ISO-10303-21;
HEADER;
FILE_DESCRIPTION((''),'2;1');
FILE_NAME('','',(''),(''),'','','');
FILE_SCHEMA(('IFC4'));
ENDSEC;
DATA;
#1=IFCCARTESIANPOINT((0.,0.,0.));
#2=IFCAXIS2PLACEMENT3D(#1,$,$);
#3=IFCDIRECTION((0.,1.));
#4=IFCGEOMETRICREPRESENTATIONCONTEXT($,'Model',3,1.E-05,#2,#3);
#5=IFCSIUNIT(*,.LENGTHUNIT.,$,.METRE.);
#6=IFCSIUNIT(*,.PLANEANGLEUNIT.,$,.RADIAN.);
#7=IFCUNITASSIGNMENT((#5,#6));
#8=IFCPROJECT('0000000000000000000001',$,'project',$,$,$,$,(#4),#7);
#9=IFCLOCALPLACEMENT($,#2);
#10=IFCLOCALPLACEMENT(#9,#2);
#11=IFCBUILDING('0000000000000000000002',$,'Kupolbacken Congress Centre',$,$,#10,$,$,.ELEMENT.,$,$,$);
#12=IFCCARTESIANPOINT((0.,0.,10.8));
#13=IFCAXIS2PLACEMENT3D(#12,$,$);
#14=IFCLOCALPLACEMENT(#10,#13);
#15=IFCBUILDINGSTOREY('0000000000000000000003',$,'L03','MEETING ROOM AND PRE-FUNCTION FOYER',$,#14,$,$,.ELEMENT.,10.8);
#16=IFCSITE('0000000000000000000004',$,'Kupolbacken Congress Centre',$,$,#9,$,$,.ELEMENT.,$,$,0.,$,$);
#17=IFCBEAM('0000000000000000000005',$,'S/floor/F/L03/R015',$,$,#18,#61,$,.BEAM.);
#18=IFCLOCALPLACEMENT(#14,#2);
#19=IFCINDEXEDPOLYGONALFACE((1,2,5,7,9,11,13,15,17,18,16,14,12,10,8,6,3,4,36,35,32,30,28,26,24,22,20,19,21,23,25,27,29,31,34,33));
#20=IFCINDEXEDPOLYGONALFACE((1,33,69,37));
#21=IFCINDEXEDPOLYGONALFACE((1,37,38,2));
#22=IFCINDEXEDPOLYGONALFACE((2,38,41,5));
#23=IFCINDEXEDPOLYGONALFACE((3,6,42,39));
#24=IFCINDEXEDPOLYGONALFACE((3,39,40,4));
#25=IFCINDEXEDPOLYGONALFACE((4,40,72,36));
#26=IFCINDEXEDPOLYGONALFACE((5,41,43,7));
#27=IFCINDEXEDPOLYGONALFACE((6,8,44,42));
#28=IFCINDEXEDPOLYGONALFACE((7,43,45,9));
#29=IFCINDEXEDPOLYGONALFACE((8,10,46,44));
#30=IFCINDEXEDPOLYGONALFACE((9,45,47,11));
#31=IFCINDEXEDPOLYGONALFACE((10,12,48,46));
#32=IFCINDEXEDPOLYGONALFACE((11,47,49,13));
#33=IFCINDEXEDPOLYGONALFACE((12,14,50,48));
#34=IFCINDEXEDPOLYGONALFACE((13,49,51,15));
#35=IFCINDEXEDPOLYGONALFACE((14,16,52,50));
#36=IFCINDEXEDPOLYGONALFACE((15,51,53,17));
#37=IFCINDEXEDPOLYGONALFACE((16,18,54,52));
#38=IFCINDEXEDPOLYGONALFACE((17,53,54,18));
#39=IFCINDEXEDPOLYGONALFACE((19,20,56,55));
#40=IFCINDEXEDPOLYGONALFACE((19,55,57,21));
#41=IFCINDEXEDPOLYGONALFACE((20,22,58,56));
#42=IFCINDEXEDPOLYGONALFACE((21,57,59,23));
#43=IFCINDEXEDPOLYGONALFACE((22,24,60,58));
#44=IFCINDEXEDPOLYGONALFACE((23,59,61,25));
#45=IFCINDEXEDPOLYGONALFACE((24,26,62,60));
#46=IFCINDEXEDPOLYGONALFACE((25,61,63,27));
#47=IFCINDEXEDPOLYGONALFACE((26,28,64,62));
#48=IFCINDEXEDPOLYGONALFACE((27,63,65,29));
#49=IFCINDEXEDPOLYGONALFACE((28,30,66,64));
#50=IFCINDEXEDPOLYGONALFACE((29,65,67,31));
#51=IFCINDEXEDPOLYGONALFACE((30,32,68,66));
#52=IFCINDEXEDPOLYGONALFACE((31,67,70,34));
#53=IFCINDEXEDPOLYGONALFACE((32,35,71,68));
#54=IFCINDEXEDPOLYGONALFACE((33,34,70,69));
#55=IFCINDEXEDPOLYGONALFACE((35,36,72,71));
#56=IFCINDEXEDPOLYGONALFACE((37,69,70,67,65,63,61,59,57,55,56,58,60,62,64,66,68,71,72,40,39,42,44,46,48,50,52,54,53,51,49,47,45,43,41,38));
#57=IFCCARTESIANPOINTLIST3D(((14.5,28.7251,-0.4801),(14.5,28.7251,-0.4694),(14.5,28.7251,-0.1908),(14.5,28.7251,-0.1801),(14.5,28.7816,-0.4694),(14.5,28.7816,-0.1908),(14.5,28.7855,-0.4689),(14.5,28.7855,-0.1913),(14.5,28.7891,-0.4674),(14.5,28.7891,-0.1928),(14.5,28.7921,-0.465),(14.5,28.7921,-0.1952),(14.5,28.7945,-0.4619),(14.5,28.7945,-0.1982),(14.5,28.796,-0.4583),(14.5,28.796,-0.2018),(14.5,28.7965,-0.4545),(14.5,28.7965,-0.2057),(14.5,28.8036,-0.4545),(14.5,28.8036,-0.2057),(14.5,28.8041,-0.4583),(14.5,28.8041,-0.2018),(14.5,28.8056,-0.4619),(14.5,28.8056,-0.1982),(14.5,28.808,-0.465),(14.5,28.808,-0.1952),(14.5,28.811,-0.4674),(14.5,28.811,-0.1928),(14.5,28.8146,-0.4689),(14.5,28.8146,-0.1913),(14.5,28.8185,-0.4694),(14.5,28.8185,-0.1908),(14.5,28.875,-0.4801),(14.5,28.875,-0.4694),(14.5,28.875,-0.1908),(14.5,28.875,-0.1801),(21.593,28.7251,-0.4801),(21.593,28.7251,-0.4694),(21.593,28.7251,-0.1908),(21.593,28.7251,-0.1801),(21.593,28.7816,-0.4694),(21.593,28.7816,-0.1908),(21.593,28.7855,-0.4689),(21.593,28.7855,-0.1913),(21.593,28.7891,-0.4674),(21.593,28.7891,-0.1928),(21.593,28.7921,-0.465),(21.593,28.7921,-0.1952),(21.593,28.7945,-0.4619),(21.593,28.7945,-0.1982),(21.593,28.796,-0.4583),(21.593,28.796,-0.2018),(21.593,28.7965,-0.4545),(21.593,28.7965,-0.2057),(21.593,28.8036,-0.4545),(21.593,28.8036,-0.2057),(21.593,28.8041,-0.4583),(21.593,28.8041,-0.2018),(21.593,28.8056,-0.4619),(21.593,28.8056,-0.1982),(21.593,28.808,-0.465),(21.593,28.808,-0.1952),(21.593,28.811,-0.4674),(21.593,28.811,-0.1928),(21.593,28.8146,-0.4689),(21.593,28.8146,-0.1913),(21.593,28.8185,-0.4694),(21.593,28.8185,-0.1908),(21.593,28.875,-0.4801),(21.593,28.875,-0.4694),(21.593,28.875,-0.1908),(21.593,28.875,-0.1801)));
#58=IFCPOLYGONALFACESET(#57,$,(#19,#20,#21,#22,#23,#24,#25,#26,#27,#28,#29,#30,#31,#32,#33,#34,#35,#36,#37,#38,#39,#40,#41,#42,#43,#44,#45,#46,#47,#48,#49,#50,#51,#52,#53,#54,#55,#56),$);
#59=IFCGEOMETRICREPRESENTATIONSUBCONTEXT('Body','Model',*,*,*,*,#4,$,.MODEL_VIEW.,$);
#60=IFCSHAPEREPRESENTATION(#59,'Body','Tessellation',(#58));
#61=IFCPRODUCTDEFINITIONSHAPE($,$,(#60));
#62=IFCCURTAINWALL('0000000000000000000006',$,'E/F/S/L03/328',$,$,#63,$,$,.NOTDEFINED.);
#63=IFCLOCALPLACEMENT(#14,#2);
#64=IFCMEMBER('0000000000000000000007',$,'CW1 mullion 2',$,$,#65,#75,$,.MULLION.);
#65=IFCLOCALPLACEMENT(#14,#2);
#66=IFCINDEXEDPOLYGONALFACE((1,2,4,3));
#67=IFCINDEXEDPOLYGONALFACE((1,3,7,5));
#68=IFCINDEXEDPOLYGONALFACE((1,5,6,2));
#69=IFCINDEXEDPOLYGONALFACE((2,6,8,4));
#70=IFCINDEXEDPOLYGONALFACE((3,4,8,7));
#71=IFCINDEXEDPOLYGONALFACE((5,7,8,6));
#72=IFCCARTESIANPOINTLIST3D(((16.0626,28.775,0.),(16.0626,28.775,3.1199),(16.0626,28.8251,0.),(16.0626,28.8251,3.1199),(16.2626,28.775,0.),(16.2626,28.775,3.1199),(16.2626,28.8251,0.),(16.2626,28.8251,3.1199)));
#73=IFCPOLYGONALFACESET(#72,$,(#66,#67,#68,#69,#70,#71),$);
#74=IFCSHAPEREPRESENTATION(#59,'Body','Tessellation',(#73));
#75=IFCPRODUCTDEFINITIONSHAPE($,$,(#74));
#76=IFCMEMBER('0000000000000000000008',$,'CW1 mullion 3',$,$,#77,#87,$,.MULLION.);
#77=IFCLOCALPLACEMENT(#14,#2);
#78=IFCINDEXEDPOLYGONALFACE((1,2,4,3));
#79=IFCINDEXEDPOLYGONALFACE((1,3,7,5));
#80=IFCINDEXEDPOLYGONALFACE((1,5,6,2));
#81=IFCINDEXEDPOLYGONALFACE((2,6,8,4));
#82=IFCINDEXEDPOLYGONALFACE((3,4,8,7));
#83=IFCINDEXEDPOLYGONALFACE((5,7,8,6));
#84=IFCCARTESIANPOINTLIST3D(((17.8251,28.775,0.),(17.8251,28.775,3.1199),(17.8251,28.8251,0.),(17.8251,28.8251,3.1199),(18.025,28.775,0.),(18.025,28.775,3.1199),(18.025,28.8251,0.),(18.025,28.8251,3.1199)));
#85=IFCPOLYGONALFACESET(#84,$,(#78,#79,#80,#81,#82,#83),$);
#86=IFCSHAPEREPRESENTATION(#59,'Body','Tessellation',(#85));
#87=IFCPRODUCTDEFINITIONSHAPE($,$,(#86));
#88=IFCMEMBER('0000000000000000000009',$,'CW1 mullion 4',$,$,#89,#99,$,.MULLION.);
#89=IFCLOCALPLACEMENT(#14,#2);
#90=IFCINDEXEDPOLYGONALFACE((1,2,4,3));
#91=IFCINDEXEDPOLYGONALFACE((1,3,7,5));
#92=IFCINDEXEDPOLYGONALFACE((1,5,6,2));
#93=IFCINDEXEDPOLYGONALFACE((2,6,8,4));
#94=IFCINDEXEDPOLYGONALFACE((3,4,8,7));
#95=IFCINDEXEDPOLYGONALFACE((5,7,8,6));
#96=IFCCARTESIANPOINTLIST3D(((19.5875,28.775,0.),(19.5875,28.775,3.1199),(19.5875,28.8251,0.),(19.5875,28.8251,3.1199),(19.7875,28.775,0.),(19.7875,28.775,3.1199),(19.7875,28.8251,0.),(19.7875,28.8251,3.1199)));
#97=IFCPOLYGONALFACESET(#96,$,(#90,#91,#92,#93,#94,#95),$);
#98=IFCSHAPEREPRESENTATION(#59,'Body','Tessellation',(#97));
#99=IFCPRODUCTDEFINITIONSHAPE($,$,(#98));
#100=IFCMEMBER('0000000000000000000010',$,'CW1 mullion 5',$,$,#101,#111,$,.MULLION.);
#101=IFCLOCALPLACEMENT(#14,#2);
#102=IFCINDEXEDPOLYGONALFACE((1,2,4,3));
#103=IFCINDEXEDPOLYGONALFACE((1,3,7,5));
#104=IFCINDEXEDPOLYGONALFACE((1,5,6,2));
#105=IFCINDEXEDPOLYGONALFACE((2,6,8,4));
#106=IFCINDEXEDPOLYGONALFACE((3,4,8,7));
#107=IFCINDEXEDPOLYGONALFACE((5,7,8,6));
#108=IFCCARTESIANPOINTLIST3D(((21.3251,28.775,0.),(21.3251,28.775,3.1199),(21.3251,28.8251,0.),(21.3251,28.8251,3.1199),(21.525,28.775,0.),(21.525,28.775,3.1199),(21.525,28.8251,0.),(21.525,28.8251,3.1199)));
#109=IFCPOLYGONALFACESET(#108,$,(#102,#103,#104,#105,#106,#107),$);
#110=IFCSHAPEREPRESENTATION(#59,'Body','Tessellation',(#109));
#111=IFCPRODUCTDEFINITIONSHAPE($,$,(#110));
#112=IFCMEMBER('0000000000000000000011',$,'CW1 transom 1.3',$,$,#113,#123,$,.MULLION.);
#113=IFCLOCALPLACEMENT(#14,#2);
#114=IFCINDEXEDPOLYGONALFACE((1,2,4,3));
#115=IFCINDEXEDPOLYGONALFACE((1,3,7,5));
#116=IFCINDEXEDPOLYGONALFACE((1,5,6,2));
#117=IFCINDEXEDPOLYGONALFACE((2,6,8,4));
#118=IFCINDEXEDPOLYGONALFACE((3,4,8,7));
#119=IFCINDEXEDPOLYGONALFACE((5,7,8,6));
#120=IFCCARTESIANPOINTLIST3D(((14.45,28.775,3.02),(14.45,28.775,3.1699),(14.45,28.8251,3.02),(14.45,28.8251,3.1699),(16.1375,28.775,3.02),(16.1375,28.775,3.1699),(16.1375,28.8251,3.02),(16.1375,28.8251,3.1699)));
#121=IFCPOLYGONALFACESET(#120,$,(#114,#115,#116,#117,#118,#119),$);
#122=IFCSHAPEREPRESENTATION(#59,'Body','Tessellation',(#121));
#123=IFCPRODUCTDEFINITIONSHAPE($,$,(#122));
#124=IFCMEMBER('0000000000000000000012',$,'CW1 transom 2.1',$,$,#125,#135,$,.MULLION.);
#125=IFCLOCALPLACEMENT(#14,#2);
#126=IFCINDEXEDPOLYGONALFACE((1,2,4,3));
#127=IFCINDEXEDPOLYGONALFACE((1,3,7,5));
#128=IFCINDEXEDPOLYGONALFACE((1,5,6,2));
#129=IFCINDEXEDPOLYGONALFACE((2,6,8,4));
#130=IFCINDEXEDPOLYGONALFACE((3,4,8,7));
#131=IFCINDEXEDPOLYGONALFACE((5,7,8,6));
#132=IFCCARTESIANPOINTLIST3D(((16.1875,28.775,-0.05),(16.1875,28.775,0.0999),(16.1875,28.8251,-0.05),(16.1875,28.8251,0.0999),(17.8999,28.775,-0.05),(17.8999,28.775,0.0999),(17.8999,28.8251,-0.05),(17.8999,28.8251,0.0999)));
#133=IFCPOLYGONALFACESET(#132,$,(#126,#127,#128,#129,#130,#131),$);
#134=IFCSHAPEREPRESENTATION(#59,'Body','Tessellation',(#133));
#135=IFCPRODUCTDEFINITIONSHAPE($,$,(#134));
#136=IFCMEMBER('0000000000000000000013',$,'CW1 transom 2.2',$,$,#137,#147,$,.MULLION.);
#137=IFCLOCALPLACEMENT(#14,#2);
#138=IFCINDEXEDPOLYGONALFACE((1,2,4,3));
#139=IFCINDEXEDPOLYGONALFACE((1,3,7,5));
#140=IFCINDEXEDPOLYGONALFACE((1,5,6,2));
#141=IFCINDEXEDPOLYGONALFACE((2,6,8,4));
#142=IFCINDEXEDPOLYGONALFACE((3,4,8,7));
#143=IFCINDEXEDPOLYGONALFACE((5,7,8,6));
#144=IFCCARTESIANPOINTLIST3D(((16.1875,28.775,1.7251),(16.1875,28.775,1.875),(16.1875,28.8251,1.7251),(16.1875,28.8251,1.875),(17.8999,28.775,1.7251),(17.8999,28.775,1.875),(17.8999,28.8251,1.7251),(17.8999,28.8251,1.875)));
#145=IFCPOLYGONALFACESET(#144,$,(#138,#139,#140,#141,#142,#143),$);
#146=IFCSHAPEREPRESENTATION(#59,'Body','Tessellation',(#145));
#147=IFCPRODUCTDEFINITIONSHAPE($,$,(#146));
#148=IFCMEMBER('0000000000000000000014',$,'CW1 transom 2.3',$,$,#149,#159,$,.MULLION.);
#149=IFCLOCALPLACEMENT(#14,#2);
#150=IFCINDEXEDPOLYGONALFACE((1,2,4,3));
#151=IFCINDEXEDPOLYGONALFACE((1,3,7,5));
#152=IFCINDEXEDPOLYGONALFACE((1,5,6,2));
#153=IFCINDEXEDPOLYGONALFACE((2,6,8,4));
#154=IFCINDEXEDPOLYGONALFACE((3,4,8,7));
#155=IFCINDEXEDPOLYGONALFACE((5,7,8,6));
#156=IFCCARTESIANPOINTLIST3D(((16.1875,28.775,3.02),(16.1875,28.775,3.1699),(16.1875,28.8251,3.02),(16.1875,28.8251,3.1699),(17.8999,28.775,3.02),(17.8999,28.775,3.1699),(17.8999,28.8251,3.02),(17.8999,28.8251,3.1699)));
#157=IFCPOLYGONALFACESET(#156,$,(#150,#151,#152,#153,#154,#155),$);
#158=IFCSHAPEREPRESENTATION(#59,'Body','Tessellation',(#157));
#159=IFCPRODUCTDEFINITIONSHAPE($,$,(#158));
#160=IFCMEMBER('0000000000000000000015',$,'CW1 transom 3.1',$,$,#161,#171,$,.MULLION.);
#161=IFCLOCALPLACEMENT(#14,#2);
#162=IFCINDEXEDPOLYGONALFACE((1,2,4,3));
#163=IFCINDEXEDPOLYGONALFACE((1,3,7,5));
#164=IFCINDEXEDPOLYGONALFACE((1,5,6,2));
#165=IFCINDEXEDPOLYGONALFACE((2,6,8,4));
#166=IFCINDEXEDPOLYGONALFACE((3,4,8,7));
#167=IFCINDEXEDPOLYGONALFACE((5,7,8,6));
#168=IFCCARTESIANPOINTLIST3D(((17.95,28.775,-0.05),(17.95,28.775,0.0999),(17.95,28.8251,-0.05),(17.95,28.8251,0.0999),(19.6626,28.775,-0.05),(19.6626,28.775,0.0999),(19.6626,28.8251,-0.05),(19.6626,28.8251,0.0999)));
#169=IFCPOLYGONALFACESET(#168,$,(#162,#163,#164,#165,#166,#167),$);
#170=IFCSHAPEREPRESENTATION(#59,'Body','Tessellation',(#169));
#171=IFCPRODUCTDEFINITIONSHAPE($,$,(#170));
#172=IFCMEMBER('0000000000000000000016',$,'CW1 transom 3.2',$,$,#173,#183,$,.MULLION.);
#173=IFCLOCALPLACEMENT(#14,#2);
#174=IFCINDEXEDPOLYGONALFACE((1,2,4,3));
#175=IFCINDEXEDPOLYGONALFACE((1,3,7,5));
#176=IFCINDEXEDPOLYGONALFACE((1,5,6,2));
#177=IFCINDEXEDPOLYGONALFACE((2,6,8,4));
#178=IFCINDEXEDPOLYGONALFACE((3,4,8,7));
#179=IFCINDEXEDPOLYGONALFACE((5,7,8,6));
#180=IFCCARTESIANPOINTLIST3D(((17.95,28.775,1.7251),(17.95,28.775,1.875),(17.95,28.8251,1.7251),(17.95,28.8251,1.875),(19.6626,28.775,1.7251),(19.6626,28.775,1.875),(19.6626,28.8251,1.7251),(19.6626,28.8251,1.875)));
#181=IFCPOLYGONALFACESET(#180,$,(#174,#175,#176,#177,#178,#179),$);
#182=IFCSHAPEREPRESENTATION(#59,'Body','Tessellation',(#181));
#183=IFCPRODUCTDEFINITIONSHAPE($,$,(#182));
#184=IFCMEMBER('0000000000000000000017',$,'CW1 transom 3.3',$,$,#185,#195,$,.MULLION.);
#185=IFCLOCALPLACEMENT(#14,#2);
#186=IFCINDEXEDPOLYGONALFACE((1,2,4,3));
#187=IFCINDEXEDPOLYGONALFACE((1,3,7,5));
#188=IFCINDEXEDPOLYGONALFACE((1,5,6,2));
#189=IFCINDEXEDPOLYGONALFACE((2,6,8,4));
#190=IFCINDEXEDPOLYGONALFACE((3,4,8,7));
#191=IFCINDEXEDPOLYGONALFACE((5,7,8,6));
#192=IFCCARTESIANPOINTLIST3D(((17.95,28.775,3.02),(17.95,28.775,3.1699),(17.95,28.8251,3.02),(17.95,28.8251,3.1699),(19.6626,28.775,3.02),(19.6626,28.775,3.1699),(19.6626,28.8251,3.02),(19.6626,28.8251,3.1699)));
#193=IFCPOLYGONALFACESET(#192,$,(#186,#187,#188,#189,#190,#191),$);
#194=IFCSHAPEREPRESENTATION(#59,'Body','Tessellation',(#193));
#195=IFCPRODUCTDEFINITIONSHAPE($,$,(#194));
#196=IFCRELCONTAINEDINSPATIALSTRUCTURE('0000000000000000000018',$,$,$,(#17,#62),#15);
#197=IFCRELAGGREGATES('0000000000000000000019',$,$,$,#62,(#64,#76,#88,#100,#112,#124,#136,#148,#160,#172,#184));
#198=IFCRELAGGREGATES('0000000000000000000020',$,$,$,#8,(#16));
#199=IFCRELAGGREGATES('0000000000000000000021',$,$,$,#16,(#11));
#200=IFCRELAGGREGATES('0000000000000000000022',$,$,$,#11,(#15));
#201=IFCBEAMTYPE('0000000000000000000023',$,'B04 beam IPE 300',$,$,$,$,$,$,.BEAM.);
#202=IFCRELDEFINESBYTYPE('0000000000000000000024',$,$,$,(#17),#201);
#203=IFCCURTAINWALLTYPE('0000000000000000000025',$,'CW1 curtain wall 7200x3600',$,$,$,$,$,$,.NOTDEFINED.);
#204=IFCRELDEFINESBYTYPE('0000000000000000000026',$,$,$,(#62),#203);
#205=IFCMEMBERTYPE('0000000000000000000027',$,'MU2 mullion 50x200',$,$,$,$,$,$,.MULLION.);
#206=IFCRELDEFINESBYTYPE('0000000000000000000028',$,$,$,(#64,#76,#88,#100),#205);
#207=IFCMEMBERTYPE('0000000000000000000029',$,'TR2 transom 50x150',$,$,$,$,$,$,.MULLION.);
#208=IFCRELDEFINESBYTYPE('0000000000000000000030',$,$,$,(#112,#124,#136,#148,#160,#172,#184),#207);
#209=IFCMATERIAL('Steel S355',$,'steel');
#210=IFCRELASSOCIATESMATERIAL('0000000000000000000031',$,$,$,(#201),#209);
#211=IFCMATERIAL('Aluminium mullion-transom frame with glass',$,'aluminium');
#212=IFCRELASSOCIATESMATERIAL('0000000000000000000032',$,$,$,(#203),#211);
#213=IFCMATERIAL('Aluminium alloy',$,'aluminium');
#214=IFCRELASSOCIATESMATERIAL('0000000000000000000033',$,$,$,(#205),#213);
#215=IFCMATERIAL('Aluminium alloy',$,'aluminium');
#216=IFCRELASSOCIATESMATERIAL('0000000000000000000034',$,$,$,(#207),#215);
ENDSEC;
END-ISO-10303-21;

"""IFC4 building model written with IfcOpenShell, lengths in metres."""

from ifc_helpers import new_model, si_unit, direction, frame, origin, origin_2d, place, context, subcontext, project, spatial, rectangle, i_section, extrude, material, material_profile, profile_set, type_object, element, aggregate, save


model = new_model("IFC4")

# Units and contexts
model_context = context("Model", 3, precision=1e-05, world=origin(), true_north=direction((0.0, 1.0)))
body_context = subcontext(model_context, "Body", "Model", "MODEL_VIEW")
ifc_project = project(units=[si_unit("LENGTHUNIT", "METRE"), si_unit("PLANEANGLEUNIT", "RADIAN")], contexts=[model_context])

# Site, building, storey
site_placement = place(None, origin())
site = spatial("IfcSite", under=ifc_project, at=site_placement, Name="Kupolbacken Congress Centre", CompositionType="ELEMENT", RefElevation=0.0)
building_placement = place(site_placement, origin())
building = spatial("IfcBuilding", under=site, at=building_placement, Name="Kupolbacken Congress Centre", CompositionType="ELEMENT")
storey_placement = place(building_placement, frame((0.0, 0.0, 10.8)))
storey = spatial("IfcBuildingStorey", under=building, at=storey_placement, Name="L03", Description="MEETING ROOM AND PRE-FUNCTION FOYER", CompositionType="ELEMENT", Elevation=10.8)

# Beam
ifc_material_1 = material(Name="Steel S355", Category="steel")
ifc_material_profile_1 = material_profile(ifc_material_1, i_section(OverallWidth=0.1499, OverallDepth=0.3, WebThickness=0.0071, FlangeThickness=0.0107, FilletRadius=0.0149, at=origin_2d()), Name="IPE 300")
ifc_profile_set_1 = profile_set([ifc_material_profile_1], Name="Steel S355")
beam_type = type_object("IfcBeamType", Name="B04 beam IPE 300", PredefinedType="BEAM", material=ifc_profile_set_1)
beam_placement = place(storey_placement, frame((14.5, 28.8, -0.3301), z_axis=(1.0, 0.0, 0.0), x_axis=(0.0, 1.0, 0.0)))
element("IfcBeam", 1, at=beam_placement, inside=storey, type_object=beam_type, Name="S/floor/F/L03/R015", PredefinedType="BEAM", context=body_context, shape_type="SweptSolid", body=[
    extrude(i_section(OverallWidth=0.1499, OverallDepth=0.3, WebThickness=0.0071, FlangeThickness=0.0107, FilletRadius=0.0149, at=origin_2d()), origin(), (0.0, 0.0, 1.0), 7.093),
])

# Curtain wall, members
ifc_material_2 = material(Name="Aluminium mullion-transom frame with glass", Category="aluminium")
curtain_wall_type = type_object("IfcCurtainWallType", Name="CW1 curtain wall 7200x3600", PredefinedType="NOTDEFINED", material=ifc_material_2)
curtain_wall_placement = place(storey_placement, origin())
curtain_wall = element("IfcCurtainWall", 2, at=curtain_wall_placement, inside=storey, type_object=curtain_wall_type, Name="E/F/S/L03/328", PredefinedType="NOTDEFINED")
ifc_material_3 = material(Name="Aluminium alloy", Category="aluminium")
ifc_material_profile_2 = material_profile(ifc_material_3, rectangle(XDim=0.05, YDim=0.2, at=origin_2d()), Name="50 x 200")
ifc_profile_set_2 = profile_set([ifc_material_profile_2], Name="Aluminium alloy")
member_type_1 = type_object("IfcMemberType", Name="MU2 mullion 50x200", PredefinedType="MULLION", material=ifc_profile_set_2)
member_1_placement = place(storey_placement, frame((16.1626, 28.8, 0.0), z_axis=(0.0, 0.0, 1.0), x_axis=(0.0, 1.0, 0.0)))
member_1 = element("IfcMember", 3, at=member_1_placement, type_object=member_type_1, Name="CW1 mullion 2", PredefinedType="MULLION", context=body_context, shape_type="SweptSolid", body=[
    extrude(rectangle(XDim=0.05, YDim=0.2, at=origin_2d()), origin(), (0.0, 0.0, 1.0), 3.1199),
])
member_2_placement = place(storey_placement, frame((17.925, 28.8, 0.0), z_axis=(0.0, 0.0, 1.0), x_axis=(0.0, 1.0, 0.0)))
member_2 = element("IfcMember", 4, at=member_2_placement, type_object=member_type_1, Name="CW1 mullion 3", PredefinedType="MULLION", context=body_context, shape_type="SweptSolid", body=[
    extrude(rectangle(XDim=0.05, YDim=0.2, at=origin_2d()), origin(), (0.0, 0.0, 1.0), 3.1199),
])
member_3_placement = place(storey_placement, frame((19.6875, 28.8, 0.0), z_axis=(0.0, 0.0, 1.0), x_axis=(0.0, 1.0, 0.0)))
member_3 = element("IfcMember", 5, at=member_3_placement, type_object=member_type_1, Name="CW1 mullion 4", PredefinedType="MULLION", context=body_context, shape_type="SweptSolid", body=[
    extrude(rectangle(XDim=0.05, YDim=0.2, at=origin_2d()), origin(), (0.0, 0.0, 1.0), 3.1199),
])
member_4_placement = place(storey_placement, frame((21.425, 28.8, 0.0), z_axis=(0.0, 0.0, 1.0), x_axis=(0.0, 1.0, 0.0)))
member_4 = element("IfcMember", 6, at=member_4_placement, type_object=member_type_1, Name="CW1 mullion 5", PredefinedType="MULLION", context=body_context, shape_type="SweptSolid", body=[
    extrude(rectangle(XDim=0.05, YDim=0.2, at=origin_2d()), origin(), (0.0, 0.0, 1.0), 3.1199),
])
ifc_material_4 = material(Name="Aluminium alloy", Category="aluminium")
ifc_material_profile_3 = material_profile(ifc_material_4, rectangle(XDim=0.05, YDim=0.1499, at=origin_2d()), Name="50 x 150")
ifc_profile_set_3 = profile_set([ifc_material_profile_3], Name="Aluminium alloy")
member_type_2 = type_object("IfcMemberType", Name="TR2 transom 50x150", PredefinedType="MULLION", material=ifc_profile_set_3)
member_5_placement = place(storey_placement, frame((14.45, 28.8, 3.095), z_axis=(1.0, 0.0, 0.0), x_axis=(0.0, 1.0, 0.0)))
member_5 = element("IfcMember", 7, at=member_5_placement, type_object=member_type_2, Name="CW1 transom 1.3", PredefinedType="MULLION", context=body_context, shape_type="SweptSolid", body=[
    extrude(rectangle(XDim=0.05, YDim=0.1499, at=origin_2d()), origin(), (0.0, 0.0, 1.0), 1.6875),
])
member_6_placement = place(storey_placement, frame((16.1875, 28.8, 0.0249), z_axis=(1.0, 0.0, 0.0), x_axis=(0.0, 1.0, 0.0)))
member_6 = element("IfcMember", 8, at=member_6_placement, type_object=member_type_2, Name="CW1 transom 2.1", PredefinedType="MULLION", context=body_context, shape_type="SweptSolid", body=[
    extrude(rectangle(XDim=0.05, YDim=0.1499, at=origin_2d()), origin(), (0.0, 0.0, 1.0), 1.7124),
])
member_7_placement = place(storey_placement, frame((16.1875, 28.8, 1.8), z_axis=(1.0, 0.0, 0.0), x_axis=(0.0, 1.0, 0.0)))
member_7 = element("IfcMember", 9, at=member_7_placement, type_object=member_type_2, Name="CW1 transom 2.2", PredefinedType="MULLION", context=body_context, shape_type="SweptSolid", body=[
    extrude(rectangle(XDim=0.05, YDim=0.1499, at=origin_2d()), origin(), (0.0, 0.0, 1.0), 1.7124),
])
member_8_placement = place(storey_placement, frame((16.1875, 28.8, 3.095), z_axis=(1.0, 0.0, 0.0), x_axis=(0.0, 1.0, 0.0)))
member_8 = element("IfcMember", 10, at=member_8_placement, type_object=member_type_2, Name="CW1 transom 2.3", PredefinedType="MULLION", context=body_context, shape_type="SweptSolid", body=[
    extrude(rectangle(XDim=0.05, YDim=0.1499, at=origin_2d()), origin(), (0.0, 0.0, 1.0), 1.7124),
])
member_9_placement = place(storey_placement, frame((17.95, 28.8, 0.0249), z_axis=(1.0, 0.0, 0.0), x_axis=(0.0, 1.0, 0.0)))
member_9 = element("IfcMember", 11, at=member_9_placement, type_object=member_type_2, Name="CW1 transom 3.1", PredefinedType="MULLION", context=body_context, shape_type="SweptSolid", body=[
    extrude(rectangle(XDim=0.05, YDim=0.1499, at=origin_2d()), origin(), (0.0, 0.0, 1.0), 1.7126),
])
member_10_placement = place(storey_placement, frame((17.95, 28.8, 1.8), z_axis=(1.0, 0.0, 0.0), x_axis=(0.0, 1.0, 0.0)))
member_10 = element("IfcMember", 12, at=member_10_placement, type_object=member_type_2, Name="CW1 transom 3.2", PredefinedType="MULLION", context=body_context, shape_type="SweptSolid", body=[
    extrude(rectangle(XDim=0.05, YDim=0.1499, at=origin_2d()), origin(), (0.0, 0.0, 1.0), 1.7126),
])
member_11_placement = place(storey_placement, frame((17.95, 28.8, 3.095), z_axis=(1.0, 0.0, 0.0), x_axis=(0.0, 1.0, 0.0)))
member_11 = element("IfcMember", 13, at=member_11_placement, type_object=member_type_2, Name="CW1 transom 3.3", PredefinedType="MULLION", context=body_context, shape_type="SweptSolid", body=[
    extrude(rectangle(XDim=0.05, YDim=0.1499, at=origin_2d()), origin(), (0.0, 0.0, 1.0), 1.7126),
])
aggregate(curtain_wall, [member_1, member_2, member_3, member_4, member_5, member_6, member_7, member_8, member_9, member_10, member_11])

save(model, "model.ifc")
